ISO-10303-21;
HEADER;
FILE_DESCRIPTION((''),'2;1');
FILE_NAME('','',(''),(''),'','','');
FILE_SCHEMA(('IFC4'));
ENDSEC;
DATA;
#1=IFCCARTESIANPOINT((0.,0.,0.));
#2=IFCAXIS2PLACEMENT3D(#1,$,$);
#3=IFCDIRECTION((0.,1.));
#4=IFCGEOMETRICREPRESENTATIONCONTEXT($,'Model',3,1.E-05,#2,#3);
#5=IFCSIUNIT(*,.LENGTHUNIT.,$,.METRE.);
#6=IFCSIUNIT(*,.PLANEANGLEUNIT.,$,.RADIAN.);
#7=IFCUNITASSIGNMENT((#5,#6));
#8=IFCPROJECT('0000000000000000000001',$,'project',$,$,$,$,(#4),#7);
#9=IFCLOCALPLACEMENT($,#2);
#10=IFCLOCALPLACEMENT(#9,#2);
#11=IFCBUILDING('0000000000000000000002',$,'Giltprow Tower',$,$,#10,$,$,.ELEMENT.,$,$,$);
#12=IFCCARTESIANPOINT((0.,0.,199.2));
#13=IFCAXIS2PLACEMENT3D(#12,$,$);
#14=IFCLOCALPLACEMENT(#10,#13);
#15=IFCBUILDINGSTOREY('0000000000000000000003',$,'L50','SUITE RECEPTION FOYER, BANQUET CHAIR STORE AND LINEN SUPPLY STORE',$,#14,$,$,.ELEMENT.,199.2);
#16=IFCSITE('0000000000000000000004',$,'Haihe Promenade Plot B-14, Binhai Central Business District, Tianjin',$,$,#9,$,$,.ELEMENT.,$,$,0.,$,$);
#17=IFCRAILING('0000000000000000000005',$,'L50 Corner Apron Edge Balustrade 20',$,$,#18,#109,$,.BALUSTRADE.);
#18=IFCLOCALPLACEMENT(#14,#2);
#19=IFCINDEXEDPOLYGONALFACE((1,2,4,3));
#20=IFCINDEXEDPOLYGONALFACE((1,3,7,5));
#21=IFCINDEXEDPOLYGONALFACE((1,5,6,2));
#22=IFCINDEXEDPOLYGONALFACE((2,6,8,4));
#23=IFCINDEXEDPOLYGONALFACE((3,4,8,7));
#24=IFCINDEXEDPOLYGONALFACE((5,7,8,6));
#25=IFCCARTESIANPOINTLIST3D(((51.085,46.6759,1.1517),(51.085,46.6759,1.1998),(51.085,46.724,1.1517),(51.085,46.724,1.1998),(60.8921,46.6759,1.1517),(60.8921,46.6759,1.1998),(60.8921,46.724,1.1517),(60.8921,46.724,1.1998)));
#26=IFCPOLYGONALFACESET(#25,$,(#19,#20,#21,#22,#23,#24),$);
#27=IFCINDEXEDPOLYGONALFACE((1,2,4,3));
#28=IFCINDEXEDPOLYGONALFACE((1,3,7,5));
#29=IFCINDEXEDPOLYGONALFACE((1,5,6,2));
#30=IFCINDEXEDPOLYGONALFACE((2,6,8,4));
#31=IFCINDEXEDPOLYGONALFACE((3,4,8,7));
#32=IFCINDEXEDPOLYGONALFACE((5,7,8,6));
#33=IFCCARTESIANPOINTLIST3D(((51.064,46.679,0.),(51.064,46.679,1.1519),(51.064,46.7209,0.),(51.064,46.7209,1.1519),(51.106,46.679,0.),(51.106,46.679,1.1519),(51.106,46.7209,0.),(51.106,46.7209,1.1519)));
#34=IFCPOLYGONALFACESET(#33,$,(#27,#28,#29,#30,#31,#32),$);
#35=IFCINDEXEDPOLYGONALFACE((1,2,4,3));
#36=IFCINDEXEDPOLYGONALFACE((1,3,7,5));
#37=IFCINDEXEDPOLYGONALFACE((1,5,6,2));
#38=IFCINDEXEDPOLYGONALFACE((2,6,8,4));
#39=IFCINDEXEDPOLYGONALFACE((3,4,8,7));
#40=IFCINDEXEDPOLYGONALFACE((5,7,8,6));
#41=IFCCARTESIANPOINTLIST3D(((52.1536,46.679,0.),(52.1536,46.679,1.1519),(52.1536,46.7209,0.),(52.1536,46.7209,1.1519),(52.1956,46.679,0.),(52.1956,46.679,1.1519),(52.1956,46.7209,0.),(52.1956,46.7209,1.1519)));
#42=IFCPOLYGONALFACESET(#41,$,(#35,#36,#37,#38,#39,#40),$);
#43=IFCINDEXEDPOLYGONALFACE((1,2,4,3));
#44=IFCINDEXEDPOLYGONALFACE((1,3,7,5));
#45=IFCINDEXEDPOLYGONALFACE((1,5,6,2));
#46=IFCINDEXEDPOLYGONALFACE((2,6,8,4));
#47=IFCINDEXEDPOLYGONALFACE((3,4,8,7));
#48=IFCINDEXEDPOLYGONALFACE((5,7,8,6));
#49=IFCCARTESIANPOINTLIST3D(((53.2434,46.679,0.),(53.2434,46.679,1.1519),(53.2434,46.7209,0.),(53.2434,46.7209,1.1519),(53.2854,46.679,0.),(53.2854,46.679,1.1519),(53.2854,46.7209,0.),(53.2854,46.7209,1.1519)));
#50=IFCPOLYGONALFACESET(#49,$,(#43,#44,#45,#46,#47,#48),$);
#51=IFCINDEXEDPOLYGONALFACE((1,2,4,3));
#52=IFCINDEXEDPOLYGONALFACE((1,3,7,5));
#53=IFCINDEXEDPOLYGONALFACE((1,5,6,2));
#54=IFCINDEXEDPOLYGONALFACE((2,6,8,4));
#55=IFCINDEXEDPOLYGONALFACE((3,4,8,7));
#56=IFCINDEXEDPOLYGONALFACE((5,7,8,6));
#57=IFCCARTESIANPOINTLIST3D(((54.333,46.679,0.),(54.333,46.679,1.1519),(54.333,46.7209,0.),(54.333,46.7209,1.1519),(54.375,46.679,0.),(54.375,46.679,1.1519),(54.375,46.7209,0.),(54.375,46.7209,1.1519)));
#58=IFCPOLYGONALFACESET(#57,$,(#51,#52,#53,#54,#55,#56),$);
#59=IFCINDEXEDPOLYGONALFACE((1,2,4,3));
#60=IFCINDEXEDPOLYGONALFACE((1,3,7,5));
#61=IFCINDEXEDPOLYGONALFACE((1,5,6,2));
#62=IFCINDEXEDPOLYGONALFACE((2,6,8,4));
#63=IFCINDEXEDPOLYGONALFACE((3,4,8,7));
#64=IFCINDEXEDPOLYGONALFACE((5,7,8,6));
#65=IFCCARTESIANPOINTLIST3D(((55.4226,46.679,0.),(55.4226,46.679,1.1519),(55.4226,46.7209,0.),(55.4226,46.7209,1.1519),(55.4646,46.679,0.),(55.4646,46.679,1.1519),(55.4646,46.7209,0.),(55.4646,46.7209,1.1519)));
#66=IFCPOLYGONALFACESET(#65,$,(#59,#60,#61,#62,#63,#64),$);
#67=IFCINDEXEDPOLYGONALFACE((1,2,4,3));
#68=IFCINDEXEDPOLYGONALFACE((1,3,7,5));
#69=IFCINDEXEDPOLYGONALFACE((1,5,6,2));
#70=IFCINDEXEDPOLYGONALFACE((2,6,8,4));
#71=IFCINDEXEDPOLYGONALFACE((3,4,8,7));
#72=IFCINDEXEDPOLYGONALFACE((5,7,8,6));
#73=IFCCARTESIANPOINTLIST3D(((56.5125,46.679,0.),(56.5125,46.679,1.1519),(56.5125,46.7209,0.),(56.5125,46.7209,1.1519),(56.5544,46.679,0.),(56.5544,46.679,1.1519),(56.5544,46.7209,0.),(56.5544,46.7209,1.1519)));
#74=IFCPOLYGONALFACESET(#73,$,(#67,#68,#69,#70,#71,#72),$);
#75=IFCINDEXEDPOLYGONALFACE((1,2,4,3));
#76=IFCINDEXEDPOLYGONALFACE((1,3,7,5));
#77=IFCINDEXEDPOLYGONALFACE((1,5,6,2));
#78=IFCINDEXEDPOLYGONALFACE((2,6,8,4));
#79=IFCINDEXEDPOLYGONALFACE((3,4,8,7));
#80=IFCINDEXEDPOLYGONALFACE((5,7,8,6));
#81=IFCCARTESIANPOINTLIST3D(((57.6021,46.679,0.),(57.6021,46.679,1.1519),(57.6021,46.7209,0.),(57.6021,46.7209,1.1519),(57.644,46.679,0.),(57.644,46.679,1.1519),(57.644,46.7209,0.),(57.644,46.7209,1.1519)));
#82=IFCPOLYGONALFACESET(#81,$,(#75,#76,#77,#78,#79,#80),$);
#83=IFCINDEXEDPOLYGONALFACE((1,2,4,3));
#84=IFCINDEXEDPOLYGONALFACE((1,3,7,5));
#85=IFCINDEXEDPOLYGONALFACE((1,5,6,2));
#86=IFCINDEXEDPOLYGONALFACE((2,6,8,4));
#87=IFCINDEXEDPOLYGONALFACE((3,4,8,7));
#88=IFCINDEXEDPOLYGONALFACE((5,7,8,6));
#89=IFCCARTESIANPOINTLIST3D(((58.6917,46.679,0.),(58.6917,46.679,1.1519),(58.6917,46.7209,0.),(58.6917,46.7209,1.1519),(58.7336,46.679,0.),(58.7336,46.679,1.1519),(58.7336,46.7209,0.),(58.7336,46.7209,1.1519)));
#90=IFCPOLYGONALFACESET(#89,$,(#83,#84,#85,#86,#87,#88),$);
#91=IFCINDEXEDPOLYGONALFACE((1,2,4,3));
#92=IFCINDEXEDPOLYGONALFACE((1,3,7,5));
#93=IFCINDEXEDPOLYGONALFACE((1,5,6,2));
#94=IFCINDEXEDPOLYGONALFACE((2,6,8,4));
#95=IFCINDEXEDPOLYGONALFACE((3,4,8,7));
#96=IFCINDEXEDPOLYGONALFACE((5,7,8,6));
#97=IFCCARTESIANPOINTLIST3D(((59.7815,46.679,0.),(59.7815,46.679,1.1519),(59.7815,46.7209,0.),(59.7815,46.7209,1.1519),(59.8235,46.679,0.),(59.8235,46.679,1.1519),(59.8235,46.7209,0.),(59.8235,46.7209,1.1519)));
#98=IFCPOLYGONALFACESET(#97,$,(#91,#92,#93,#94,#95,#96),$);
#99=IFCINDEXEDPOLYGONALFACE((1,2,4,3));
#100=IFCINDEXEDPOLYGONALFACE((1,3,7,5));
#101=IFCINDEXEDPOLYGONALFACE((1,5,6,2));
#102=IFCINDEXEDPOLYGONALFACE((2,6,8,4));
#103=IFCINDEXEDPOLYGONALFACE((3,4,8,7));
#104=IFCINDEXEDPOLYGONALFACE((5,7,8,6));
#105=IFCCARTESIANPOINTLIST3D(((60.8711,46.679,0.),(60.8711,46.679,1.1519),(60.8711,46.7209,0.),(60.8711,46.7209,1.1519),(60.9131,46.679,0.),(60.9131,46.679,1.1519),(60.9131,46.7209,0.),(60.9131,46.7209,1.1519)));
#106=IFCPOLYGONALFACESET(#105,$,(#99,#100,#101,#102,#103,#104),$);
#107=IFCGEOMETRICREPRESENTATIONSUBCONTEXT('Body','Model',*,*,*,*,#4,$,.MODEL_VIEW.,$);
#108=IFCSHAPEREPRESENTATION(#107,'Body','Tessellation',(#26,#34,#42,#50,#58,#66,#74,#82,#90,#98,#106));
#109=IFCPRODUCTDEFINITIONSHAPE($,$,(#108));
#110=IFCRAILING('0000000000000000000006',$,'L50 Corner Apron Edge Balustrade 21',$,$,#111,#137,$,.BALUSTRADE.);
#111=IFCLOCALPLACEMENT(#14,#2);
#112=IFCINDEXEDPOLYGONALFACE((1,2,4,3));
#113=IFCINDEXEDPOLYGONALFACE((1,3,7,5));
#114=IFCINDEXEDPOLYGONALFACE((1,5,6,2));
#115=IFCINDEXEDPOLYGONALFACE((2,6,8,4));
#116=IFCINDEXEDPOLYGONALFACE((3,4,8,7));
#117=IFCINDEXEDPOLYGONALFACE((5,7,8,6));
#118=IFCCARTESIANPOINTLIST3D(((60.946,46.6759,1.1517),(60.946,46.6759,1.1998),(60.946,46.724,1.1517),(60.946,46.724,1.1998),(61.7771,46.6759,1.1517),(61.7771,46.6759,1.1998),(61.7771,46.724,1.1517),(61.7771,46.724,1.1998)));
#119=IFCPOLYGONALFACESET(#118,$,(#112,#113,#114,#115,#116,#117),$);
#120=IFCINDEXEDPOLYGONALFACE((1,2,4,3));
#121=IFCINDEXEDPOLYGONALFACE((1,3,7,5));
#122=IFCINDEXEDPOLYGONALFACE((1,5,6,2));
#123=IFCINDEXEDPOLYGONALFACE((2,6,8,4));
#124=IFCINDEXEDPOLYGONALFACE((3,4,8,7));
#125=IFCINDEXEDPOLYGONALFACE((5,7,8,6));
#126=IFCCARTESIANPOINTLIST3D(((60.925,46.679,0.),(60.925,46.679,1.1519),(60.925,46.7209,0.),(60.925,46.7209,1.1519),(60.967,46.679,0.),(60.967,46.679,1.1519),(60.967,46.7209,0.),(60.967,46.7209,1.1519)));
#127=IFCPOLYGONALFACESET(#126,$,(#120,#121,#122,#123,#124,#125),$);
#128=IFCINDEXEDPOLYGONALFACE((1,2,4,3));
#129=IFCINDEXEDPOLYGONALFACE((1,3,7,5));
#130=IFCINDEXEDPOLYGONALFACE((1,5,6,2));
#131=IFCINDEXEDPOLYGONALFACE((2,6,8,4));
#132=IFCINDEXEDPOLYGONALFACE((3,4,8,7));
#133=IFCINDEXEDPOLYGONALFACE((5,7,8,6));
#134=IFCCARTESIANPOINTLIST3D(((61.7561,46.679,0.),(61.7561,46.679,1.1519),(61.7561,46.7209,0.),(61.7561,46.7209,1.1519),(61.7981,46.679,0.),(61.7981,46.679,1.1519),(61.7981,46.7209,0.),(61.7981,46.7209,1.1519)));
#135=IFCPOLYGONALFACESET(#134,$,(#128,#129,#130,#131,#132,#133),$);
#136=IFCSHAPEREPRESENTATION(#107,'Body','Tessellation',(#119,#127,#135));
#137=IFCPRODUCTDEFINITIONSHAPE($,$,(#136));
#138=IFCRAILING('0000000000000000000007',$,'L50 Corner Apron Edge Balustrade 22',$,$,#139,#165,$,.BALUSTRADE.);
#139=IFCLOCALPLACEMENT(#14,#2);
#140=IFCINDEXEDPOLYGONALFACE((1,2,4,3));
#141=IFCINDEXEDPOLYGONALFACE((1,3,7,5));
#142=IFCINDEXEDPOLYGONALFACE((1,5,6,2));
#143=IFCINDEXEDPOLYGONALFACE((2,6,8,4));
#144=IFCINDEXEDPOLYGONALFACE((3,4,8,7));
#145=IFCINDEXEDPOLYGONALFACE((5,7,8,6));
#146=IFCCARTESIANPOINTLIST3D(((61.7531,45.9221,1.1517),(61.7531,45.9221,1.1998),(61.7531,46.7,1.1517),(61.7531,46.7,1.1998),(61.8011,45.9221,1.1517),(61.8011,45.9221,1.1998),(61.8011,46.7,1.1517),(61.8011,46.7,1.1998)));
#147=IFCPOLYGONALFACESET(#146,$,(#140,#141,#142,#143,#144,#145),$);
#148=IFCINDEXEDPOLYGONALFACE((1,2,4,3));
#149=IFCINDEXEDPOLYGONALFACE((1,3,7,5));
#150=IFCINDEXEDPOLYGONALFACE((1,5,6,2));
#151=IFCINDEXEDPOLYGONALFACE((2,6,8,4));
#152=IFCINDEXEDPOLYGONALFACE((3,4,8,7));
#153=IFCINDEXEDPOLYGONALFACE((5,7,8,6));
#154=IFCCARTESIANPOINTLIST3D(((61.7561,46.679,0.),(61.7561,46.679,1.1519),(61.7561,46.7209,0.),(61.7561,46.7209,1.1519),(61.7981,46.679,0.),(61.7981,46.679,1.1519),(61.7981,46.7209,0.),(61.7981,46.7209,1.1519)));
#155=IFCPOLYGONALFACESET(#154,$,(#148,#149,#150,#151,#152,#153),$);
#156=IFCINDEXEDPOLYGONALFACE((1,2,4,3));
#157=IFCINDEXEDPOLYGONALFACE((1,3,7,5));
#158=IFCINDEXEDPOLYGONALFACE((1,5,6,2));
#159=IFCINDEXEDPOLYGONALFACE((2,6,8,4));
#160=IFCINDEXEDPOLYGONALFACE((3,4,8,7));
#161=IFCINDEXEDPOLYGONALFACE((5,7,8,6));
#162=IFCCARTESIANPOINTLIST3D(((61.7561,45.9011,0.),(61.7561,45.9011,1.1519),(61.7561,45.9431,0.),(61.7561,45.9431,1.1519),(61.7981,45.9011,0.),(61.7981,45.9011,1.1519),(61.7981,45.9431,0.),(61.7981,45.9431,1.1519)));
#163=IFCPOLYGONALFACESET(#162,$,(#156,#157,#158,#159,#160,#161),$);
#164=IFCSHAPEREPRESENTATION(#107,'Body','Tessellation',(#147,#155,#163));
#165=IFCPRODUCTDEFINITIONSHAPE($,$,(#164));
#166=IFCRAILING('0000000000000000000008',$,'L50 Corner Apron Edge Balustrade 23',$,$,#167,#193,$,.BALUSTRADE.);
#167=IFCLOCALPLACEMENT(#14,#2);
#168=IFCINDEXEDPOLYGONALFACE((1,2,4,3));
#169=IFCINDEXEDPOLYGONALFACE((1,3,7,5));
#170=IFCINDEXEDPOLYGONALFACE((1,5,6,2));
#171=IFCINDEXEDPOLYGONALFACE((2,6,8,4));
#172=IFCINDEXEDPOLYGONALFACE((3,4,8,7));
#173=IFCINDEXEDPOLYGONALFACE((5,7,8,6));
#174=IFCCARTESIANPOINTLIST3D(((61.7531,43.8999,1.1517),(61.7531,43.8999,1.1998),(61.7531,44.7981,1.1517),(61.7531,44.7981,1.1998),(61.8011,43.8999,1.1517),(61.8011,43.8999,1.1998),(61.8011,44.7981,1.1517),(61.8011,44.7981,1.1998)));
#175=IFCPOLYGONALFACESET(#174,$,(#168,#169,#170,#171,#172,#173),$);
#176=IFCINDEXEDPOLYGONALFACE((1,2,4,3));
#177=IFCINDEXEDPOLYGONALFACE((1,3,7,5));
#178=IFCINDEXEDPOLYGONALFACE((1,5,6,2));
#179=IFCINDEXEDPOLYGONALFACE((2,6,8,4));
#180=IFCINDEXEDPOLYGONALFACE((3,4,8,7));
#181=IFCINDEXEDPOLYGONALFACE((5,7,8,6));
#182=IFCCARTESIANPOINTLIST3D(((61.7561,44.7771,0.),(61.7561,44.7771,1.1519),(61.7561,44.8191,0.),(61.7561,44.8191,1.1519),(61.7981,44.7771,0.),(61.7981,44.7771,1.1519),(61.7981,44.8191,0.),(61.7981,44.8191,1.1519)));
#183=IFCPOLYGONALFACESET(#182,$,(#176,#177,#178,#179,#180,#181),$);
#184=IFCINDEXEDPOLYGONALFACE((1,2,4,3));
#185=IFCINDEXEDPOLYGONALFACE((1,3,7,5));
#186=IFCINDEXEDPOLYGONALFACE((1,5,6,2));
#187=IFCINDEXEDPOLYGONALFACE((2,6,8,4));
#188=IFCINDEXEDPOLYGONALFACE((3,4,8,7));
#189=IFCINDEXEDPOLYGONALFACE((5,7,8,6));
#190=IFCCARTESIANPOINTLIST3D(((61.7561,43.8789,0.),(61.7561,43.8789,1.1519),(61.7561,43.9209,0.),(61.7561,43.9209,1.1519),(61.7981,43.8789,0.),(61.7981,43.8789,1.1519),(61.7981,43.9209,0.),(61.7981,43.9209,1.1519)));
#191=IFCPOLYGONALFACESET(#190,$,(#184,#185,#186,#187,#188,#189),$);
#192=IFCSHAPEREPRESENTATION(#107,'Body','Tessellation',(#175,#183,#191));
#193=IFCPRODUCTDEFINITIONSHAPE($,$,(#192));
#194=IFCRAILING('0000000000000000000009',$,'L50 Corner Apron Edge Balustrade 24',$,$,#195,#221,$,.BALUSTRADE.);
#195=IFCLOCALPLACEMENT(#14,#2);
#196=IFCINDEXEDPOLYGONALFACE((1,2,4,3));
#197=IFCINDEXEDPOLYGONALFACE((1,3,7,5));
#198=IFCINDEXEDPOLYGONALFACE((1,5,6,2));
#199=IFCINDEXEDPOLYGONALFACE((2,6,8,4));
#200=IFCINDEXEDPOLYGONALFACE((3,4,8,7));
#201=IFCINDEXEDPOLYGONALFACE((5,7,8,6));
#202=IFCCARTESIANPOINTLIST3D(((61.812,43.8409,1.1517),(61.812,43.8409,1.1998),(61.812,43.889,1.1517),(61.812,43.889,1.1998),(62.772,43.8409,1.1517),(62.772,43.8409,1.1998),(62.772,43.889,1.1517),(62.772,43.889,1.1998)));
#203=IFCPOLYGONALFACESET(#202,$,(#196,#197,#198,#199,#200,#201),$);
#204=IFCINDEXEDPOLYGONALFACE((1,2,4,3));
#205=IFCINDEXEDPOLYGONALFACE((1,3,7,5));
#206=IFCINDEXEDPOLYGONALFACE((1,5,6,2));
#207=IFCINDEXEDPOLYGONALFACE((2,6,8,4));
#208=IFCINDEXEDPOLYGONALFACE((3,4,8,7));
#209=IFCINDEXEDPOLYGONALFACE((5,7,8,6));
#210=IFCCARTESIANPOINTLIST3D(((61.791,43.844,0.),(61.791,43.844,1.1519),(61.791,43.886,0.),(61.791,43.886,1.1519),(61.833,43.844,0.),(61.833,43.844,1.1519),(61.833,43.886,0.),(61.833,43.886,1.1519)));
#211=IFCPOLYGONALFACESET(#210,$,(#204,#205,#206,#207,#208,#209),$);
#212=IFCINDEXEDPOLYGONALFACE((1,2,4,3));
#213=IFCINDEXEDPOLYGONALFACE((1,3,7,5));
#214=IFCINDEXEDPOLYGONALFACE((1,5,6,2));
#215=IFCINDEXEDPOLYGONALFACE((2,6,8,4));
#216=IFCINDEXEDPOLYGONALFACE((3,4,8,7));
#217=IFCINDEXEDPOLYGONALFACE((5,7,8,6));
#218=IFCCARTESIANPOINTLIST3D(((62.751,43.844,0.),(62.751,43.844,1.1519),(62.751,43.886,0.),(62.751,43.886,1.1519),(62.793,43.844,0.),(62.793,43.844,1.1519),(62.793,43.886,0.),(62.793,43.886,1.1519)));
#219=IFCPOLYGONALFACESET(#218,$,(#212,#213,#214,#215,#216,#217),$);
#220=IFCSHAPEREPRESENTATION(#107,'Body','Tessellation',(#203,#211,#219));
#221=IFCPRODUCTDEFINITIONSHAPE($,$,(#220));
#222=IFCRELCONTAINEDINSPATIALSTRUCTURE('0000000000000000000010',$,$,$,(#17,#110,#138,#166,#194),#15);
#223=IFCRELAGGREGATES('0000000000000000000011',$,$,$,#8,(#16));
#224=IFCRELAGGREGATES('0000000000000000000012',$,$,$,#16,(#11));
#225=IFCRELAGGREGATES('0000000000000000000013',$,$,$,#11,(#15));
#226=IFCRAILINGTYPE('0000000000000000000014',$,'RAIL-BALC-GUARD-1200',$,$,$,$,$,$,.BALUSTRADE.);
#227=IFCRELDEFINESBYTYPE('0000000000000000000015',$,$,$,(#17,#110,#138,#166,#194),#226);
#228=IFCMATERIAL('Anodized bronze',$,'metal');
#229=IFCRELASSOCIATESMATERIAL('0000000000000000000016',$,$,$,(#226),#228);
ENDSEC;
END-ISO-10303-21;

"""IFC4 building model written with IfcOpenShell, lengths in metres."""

from ifc_helpers import new_model, si_unit, direction, frame, origin, origin_2d, place, context, subcontext, project, spatial, rectangle, extrude, material, type_object, element, save


model = new_model("IFC4")

# Units and contexts
model_context = context("Model", 3, precision=1e-05, world=origin(), true_north=direction((0.0, 1.0)))
body_context = subcontext(model_context, "Body", "Model", "MODEL_VIEW")
ifc_project = project(units=[si_unit("LENGTHUNIT", "METRE"), si_unit("PLANEANGLEUNIT", "RADIAN")], contexts=[model_context])

# Site, building, storey
site_placement = place(None, origin())
site = spatial("IfcSite", under=ifc_project, at=site_placement, Name="Haihe Promenade Plot B-14, Binhai Central Business District, Tianjin", CompositionType="ELEMENT", RefElevation=0.0)
building_placement = place(site_placement, origin())
building = spatial("IfcBuilding", under=site, at=building_placement, Name="Giltprow Tower", CompositionType="ELEMENT")
storey_placement = place(building_placement, frame((0.0, 0.0, 199.2)))
storey = spatial("IfcBuildingStorey", under=building, at=storey_placement, Name="L50", Description="SUITE RECEPTION FOYER, BANQUET CHAIR STORE AND LINEN SUPPLY STORE", CompositionType="ELEMENT", Elevation=199.2)

# Railings
ifc_material_1 = material(Name="Anodized bronze", Category="metal")
railing_type_1 = type_object("IfcRailingType", Name="RAIL-BALC-GUARD-1200", PredefinedType="BALUSTRADE", material=ifc_material_1)
railing_1_placement = place(storey_placement, frame((51.085, 46.7, 0.0)))
element("IfcRailing", 1, at=railing_1_placement, inside=storey, type_object=railing_type_1, Name="L50 Corner Apron Edge Balustrade 20", PredefinedType="BALUSTRADE", context=body_context, shape_type="SweptSolid", body=[
    extrude(rectangle(XDim=0.0481, YDim=0.0481, at=origin_2d()), frame((0.0, 0.0, 1.1758), z_axis=(1.0, 0.0, 0.0), x_axis=(0.0, 1.0, 0.0)), (0.0, 0.0, 1.0), 9.8071),
    extrude(rectangle(XDim=0.042, YDim=0.042, at=origin_2d()), origin(), (0.0, 0.0, 1.0), 1.1519),
    extrude(rectangle(XDim=0.042, YDim=0.042, at=origin_2d()), frame((1.0896, 0.0, 0.0)), (0.0, 0.0, 1.0), 1.1519),
    extrude(rectangle(XDim=0.042, YDim=0.042, at=origin_2d()), frame((2.1794, 0.0, 0.0)), (0.0, 0.0, 1.0), 1.1519),
    extrude(rectangle(XDim=0.042, YDim=0.042, at=origin_2d()), frame((3.269, 0.0, 0.0)), (0.0, 0.0, 1.0), 1.1519),
    extrude(rectangle(XDim=0.042, YDim=0.042, at=origin_2d()), frame((4.3586, 0.0, 0.0)), (0.0, 0.0, 1.0), 1.1519),
    extrude(rectangle(XDim=0.042, YDim=0.042, at=origin_2d()), frame((5.4485, 0.0, 0.0)), (0.0, 0.0, 1.0), 1.1519),
    extrude(rectangle(XDim=0.042, YDim=0.042, at=origin_2d()), frame((6.5381, 0.0, 0.0)), (0.0, 0.0, 1.0), 1.1519),
    extrude(rectangle(XDim=0.042, YDim=0.042, at=origin_2d()), frame((7.6277, 0.0, 0.0)), (0.0, 0.0, 1.0), 1.1519),
    extrude(rectangle(XDim=0.042, YDim=0.042, at=origin_2d()), frame((8.7175, 0.0, 0.0)), (0.0, 0.0, 1.0), 1.1519),
    extrude(rectangle(XDim=0.042, YDim=0.042, at=origin_2d()), frame((9.8071, 0.0, 0.0)), (0.0, 0.0, 1.0), 1.1519),
])
railing_2_placement = place(storey_placement, frame((60.946, 46.7, 0.0)))
element("IfcRailing", 2, at=railing_2_placement, inside=storey, type_object=railing_type_1, Name="L50 Corner Apron Edge Balustrade 21", PredefinedType="BALUSTRADE", context=body_context, shape_type="SweptSolid", body=[
    extrude(rectangle(XDim=0.0481, YDim=0.0481, at=origin_2d()), frame((0.0, 0.0, 1.1758), z_axis=(1.0, 0.0, 0.0), x_axis=(0.0, 1.0, 0.0)), (0.0, 0.0, 1.0), 0.8311),
    extrude(rectangle(XDim=0.042, YDim=0.042, at=origin_2d()), origin(), (0.0, 0.0, 1.0), 1.1519),
    extrude(rectangle(XDim=0.042, YDim=0.042, at=origin_2d()), frame((0.8311, 0.0, 0.0)), (0.0, 0.0, 1.0), 1.1519),
])
railing_3_placement = place(storey_placement, frame((61.7771, 46.7, 0.0)))
element("IfcRailing", 3, at=railing_3_placement, inside=storey, type_object=railing_type_1, Name="L50 Corner Apron Edge Balustrade 22", PredefinedType="BALUSTRADE", context=body_context, shape_type="SweptSolid", body=[
    extrude(rectangle(XDim=0.0481, YDim=0.0481, at=origin_2d()), frame((0.0, 0.0, 1.1758), z_axis=(0.0, -1.0, 0.0), x_axis=(1.0, 0.0, 0.0)), (0.0, 0.0, 1.0), 0.7778),
    extrude(rectangle(XDim=0.042, YDim=0.042, at=origin_2d()), origin(), (0.0, 0.0, 1.0), 1.1519),
    extrude(rectangle(XDim=0.042, YDim=0.042, at=origin_2d()), frame((0.0, -0.7778, 0.0)), (0.0, 0.0, 1.0), 1.1519),
])
railing_4_placement = place(storey_placement, frame((61.7771, 44.7981, 0.0)))
element("IfcRailing", 4, at=railing_4_placement, inside=storey, type_object=railing_type_1, Name="L50 Corner Apron Edge Balustrade 23", PredefinedType="BALUSTRADE", context=body_context, shape_type="SweptSolid", body=[
    extrude(rectangle(XDim=0.0481, YDim=0.0481, at=origin_2d()), frame((0.0, 0.0, 1.1758), z_axis=(0.0, -1.0, 0.0), x_axis=(1.0, 0.0, 0.0)), (0.0, 0.0, 1.0), 0.8982),
    extrude(rectangle(XDim=0.042, YDim=0.042, at=origin_2d()), origin(), (0.0, 0.0, 1.0), 1.1519),
    extrude(rectangle(XDim=0.042, YDim=0.042, at=origin_2d()), frame((0.0, -0.8982, 0.0)), (0.0, 0.0, 1.0), 1.1519),
])
railing_5_placement = place(storey_placement, frame((61.812, 43.865, 0.0)))
element("IfcRailing", 5, at=railing_5_placement, inside=storey, type_object=railing_type_1, Name="L50 Corner Apron Edge Balustrade 24", PredefinedType="BALUSTRADE", context=body_context, shape_type="SweptSolid", body=[
    extrude(rectangle(XDim=0.0481, YDim=0.0481, at=origin_2d()), frame((0.0, 0.0, 1.1758), z_axis=(1.0, 0.0, 0.0), x_axis=(0.0, 1.0, 0.0)), (0.0, 0.0, 1.0), 0.96),
    extrude(rectangle(XDim=0.042, YDim=0.042, at=origin_2d()), origin(), (0.0, 0.0, 1.0), 1.1519),
    extrude(rectangle(XDim=0.042, YDim=0.042, at=origin_2d()), frame((0.96, 0.0, 0.0)), (0.0, 0.0, 1.0), 1.1519),
])

save(model, "model.ifc")
